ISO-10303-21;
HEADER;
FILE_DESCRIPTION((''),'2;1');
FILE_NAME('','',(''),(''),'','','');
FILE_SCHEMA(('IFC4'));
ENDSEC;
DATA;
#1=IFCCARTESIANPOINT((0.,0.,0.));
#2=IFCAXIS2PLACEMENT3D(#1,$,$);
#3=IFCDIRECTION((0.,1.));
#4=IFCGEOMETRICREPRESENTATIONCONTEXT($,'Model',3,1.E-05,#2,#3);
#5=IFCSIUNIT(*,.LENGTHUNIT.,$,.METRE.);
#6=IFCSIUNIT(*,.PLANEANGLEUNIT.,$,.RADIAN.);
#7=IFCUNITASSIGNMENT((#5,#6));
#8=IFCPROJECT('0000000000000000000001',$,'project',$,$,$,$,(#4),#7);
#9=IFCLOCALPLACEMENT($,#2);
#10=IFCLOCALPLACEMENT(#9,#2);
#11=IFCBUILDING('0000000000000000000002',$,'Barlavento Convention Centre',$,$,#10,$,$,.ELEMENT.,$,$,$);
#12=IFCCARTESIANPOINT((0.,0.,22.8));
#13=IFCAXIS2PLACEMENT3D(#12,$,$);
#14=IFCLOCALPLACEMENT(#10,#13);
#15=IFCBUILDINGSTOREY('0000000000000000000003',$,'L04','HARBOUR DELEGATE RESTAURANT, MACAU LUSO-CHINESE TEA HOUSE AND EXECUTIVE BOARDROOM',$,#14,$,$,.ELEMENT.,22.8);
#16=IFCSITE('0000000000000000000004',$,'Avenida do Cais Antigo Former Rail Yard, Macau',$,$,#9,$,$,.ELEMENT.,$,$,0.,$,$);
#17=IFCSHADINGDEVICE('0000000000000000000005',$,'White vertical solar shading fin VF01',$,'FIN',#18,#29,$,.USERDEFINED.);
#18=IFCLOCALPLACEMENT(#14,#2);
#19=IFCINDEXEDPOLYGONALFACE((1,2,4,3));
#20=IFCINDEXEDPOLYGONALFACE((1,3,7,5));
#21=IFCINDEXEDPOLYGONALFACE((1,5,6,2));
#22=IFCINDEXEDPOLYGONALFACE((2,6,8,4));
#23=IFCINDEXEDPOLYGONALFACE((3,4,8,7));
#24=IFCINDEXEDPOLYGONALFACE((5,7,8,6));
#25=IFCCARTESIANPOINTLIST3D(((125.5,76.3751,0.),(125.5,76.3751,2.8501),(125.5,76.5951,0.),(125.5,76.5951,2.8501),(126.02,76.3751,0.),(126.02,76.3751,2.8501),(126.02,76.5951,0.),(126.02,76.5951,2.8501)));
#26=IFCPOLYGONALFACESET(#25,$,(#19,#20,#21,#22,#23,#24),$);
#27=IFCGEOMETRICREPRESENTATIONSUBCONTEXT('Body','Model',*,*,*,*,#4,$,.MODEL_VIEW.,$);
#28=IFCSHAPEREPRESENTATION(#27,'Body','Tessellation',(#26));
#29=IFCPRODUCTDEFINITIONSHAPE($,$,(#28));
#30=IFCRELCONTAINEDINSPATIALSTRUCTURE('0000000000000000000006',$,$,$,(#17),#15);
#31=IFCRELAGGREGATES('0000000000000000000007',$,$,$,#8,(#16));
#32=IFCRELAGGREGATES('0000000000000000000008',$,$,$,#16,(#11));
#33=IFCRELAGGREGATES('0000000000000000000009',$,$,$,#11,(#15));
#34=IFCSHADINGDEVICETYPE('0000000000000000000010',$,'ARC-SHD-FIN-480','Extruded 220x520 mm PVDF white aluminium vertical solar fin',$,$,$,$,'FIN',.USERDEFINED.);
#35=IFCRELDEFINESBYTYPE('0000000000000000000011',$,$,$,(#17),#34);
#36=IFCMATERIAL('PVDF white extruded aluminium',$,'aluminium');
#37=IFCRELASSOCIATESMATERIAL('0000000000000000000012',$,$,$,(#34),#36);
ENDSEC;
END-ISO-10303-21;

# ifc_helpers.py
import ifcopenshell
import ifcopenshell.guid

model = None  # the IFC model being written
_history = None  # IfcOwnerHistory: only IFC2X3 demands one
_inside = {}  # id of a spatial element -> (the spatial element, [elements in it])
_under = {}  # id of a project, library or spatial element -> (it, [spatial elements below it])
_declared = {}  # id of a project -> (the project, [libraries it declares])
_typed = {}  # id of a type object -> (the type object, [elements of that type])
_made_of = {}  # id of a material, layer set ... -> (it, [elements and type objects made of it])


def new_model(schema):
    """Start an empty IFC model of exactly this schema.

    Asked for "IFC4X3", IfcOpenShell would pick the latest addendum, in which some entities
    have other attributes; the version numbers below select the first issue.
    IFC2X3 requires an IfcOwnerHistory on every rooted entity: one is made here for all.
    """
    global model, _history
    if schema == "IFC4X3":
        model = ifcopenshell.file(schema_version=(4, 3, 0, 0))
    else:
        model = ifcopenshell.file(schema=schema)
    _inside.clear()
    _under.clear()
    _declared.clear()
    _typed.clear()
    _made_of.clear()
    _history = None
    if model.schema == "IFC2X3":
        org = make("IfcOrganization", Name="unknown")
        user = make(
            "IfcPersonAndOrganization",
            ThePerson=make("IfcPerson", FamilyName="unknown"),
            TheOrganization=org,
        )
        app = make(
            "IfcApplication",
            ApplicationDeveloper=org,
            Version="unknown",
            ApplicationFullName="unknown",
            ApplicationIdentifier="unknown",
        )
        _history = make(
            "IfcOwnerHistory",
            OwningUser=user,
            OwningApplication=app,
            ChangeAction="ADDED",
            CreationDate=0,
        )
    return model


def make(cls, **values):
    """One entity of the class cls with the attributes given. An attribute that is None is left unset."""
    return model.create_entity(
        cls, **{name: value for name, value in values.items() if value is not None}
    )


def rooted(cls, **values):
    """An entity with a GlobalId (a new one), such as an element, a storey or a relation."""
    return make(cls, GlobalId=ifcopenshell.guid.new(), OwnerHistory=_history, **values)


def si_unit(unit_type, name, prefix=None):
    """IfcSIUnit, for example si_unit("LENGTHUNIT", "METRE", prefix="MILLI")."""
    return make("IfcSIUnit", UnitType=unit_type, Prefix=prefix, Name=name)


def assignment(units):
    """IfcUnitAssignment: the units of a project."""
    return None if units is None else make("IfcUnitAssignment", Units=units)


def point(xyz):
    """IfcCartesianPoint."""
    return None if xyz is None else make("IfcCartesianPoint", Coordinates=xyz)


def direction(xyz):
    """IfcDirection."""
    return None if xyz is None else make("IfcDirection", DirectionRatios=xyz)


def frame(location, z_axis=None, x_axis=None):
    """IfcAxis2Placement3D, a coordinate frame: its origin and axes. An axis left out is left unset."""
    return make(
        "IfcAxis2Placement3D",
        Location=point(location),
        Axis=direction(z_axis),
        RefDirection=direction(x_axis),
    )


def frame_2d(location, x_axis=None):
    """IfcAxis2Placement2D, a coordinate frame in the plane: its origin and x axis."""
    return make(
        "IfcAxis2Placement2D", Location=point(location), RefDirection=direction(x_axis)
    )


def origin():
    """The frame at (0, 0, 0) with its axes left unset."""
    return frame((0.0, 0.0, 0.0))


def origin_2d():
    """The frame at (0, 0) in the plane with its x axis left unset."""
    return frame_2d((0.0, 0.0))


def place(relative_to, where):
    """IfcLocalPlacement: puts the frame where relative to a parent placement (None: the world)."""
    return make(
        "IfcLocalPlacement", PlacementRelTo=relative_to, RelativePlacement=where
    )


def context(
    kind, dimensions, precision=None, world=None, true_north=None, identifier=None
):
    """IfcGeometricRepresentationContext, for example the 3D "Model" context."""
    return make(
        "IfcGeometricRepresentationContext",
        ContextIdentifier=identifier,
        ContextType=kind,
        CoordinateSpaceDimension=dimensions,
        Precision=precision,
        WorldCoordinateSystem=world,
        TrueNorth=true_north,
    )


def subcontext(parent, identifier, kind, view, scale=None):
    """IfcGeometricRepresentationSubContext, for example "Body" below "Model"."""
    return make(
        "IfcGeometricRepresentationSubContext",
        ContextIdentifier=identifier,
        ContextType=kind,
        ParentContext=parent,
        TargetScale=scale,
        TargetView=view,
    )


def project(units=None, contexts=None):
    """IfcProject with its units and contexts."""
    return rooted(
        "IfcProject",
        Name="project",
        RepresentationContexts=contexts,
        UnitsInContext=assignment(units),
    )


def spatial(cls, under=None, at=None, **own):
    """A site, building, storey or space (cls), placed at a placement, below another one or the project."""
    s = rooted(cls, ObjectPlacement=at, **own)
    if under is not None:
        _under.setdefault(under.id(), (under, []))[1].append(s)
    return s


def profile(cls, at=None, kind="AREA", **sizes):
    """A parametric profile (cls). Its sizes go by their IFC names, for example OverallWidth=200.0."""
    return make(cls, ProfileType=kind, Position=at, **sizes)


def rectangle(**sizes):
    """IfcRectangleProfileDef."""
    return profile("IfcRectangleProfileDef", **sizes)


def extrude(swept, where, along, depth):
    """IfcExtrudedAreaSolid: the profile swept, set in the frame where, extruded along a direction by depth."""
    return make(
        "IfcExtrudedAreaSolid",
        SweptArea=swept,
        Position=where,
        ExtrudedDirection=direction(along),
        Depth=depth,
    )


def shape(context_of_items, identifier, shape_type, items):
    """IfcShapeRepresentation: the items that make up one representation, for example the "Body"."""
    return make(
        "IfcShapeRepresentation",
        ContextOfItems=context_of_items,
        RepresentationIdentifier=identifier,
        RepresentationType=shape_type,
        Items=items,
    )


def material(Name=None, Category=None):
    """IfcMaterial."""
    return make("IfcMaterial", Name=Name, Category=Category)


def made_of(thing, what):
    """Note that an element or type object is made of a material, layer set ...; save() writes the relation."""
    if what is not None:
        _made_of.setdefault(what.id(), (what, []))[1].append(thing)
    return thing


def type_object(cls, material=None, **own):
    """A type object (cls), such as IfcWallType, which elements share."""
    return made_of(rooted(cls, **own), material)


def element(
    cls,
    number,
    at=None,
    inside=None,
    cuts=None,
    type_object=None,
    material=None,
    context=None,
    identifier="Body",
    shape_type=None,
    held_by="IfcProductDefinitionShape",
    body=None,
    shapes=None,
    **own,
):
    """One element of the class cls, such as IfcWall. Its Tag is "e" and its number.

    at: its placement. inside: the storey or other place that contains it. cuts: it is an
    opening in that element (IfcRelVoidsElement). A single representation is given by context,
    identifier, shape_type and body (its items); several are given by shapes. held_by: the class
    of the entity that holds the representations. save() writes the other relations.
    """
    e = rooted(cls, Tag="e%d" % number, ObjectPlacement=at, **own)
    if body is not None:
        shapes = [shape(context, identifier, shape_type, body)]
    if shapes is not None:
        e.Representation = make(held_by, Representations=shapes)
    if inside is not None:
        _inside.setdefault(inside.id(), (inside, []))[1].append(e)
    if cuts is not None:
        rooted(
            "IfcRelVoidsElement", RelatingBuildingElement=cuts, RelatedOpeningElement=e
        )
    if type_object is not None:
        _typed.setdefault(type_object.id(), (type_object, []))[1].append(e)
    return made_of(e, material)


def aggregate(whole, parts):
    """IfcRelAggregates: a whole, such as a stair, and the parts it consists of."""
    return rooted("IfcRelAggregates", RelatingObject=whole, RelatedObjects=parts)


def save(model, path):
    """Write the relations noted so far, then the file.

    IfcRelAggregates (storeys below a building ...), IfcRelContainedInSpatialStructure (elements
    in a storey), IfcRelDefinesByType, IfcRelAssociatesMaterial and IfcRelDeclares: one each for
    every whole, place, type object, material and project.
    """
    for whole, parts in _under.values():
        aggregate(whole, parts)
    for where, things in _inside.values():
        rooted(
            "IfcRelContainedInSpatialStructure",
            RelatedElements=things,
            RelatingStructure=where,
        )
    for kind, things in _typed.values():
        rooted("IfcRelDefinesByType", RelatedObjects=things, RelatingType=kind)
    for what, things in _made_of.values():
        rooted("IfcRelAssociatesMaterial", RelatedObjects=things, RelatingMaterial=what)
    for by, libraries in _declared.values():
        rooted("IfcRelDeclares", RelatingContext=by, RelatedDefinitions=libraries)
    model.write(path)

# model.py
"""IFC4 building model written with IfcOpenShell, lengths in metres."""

from ifc_helpers import new_model, si_unit, direction, frame, origin, origin_2d, place, context, subcontext, project, spatial, rectangle, extrude, material, type_object, element, save


model = new_model("IFC4")

# Units and contexts
model_context = context("Model", 3, precision=1e-05, world=origin(), true_north=direction((0.0, 1.0)))
body_context = subcontext(model_context, "Body", "Model", "MODEL_VIEW")
ifc_project = project(units=[si_unit("LENGTHUNIT", "METRE"), si_unit("PLANEANGLEUNIT", "RADIAN")], contexts=[model_context])

# Site, building, storey
site_placement = place(None, origin())
site = spatial("IfcSite", under=ifc_project, at=site_placement, Name="Avenida do Cais Antigo Former Rail Yard, Macau", CompositionType="ELEMENT", RefElevation=0.0)
building_placement = place(site_placement, origin())
building = spatial("IfcBuilding", under=site, at=building_placement, Name="Barlavento Convention Centre", CompositionType="ELEMENT")
storey_placement = place(building_placement, frame((0.0, 0.0, 22.8)))
storey = spatial("IfcBuildingStorey", under=building, at=storey_placement, Name="L04", Description="HARBOUR DELEGATE RESTAURANT, MACAU LUSO-CHINESE TEA HOUSE AND EXECUTIVE BOARDROOM", CompositionType="ELEMENT", Elevation=22.8)

# Shading device
ifc_material_1 = material(Name="PVDF white extruded aluminium", Category="aluminium")
shading_device_type = type_object("IfcShadingDeviceType", Name="ARC-SHD-FIN-480", Description="Extruded 220x520 mm PVDF white aluminium vertical solar fin", ElementType="FIN", PredefinedType="USERDEFINED", material=ifc_material_1)
for number, where, z_axis, x_axis, name in (
    (1, (125.76, 76.4851, 0.0), (0.0, 0.0, 1.0), (0.0, 1.0, 0.0), "White vertical solar shading fin VF01"),
):
    element("IfcShadingDevice", number, at=place(storey_placement, frame(where, z_axis=z_axis, x_axis=x_axis)), inside=storey, type_object=shading_device_type, Name=name, ObjectType="FIN", PredefinedType="USERDEFINED", context=body_context, shape_type="SweptSolid", body=[
        extrude(rectangle(XDim=0.22, YDim=0.52, at=origin_2d()), origin(), (0.0, 0.0, 1.0), 2.8501),
    ])

save(model, "model.ifc")
